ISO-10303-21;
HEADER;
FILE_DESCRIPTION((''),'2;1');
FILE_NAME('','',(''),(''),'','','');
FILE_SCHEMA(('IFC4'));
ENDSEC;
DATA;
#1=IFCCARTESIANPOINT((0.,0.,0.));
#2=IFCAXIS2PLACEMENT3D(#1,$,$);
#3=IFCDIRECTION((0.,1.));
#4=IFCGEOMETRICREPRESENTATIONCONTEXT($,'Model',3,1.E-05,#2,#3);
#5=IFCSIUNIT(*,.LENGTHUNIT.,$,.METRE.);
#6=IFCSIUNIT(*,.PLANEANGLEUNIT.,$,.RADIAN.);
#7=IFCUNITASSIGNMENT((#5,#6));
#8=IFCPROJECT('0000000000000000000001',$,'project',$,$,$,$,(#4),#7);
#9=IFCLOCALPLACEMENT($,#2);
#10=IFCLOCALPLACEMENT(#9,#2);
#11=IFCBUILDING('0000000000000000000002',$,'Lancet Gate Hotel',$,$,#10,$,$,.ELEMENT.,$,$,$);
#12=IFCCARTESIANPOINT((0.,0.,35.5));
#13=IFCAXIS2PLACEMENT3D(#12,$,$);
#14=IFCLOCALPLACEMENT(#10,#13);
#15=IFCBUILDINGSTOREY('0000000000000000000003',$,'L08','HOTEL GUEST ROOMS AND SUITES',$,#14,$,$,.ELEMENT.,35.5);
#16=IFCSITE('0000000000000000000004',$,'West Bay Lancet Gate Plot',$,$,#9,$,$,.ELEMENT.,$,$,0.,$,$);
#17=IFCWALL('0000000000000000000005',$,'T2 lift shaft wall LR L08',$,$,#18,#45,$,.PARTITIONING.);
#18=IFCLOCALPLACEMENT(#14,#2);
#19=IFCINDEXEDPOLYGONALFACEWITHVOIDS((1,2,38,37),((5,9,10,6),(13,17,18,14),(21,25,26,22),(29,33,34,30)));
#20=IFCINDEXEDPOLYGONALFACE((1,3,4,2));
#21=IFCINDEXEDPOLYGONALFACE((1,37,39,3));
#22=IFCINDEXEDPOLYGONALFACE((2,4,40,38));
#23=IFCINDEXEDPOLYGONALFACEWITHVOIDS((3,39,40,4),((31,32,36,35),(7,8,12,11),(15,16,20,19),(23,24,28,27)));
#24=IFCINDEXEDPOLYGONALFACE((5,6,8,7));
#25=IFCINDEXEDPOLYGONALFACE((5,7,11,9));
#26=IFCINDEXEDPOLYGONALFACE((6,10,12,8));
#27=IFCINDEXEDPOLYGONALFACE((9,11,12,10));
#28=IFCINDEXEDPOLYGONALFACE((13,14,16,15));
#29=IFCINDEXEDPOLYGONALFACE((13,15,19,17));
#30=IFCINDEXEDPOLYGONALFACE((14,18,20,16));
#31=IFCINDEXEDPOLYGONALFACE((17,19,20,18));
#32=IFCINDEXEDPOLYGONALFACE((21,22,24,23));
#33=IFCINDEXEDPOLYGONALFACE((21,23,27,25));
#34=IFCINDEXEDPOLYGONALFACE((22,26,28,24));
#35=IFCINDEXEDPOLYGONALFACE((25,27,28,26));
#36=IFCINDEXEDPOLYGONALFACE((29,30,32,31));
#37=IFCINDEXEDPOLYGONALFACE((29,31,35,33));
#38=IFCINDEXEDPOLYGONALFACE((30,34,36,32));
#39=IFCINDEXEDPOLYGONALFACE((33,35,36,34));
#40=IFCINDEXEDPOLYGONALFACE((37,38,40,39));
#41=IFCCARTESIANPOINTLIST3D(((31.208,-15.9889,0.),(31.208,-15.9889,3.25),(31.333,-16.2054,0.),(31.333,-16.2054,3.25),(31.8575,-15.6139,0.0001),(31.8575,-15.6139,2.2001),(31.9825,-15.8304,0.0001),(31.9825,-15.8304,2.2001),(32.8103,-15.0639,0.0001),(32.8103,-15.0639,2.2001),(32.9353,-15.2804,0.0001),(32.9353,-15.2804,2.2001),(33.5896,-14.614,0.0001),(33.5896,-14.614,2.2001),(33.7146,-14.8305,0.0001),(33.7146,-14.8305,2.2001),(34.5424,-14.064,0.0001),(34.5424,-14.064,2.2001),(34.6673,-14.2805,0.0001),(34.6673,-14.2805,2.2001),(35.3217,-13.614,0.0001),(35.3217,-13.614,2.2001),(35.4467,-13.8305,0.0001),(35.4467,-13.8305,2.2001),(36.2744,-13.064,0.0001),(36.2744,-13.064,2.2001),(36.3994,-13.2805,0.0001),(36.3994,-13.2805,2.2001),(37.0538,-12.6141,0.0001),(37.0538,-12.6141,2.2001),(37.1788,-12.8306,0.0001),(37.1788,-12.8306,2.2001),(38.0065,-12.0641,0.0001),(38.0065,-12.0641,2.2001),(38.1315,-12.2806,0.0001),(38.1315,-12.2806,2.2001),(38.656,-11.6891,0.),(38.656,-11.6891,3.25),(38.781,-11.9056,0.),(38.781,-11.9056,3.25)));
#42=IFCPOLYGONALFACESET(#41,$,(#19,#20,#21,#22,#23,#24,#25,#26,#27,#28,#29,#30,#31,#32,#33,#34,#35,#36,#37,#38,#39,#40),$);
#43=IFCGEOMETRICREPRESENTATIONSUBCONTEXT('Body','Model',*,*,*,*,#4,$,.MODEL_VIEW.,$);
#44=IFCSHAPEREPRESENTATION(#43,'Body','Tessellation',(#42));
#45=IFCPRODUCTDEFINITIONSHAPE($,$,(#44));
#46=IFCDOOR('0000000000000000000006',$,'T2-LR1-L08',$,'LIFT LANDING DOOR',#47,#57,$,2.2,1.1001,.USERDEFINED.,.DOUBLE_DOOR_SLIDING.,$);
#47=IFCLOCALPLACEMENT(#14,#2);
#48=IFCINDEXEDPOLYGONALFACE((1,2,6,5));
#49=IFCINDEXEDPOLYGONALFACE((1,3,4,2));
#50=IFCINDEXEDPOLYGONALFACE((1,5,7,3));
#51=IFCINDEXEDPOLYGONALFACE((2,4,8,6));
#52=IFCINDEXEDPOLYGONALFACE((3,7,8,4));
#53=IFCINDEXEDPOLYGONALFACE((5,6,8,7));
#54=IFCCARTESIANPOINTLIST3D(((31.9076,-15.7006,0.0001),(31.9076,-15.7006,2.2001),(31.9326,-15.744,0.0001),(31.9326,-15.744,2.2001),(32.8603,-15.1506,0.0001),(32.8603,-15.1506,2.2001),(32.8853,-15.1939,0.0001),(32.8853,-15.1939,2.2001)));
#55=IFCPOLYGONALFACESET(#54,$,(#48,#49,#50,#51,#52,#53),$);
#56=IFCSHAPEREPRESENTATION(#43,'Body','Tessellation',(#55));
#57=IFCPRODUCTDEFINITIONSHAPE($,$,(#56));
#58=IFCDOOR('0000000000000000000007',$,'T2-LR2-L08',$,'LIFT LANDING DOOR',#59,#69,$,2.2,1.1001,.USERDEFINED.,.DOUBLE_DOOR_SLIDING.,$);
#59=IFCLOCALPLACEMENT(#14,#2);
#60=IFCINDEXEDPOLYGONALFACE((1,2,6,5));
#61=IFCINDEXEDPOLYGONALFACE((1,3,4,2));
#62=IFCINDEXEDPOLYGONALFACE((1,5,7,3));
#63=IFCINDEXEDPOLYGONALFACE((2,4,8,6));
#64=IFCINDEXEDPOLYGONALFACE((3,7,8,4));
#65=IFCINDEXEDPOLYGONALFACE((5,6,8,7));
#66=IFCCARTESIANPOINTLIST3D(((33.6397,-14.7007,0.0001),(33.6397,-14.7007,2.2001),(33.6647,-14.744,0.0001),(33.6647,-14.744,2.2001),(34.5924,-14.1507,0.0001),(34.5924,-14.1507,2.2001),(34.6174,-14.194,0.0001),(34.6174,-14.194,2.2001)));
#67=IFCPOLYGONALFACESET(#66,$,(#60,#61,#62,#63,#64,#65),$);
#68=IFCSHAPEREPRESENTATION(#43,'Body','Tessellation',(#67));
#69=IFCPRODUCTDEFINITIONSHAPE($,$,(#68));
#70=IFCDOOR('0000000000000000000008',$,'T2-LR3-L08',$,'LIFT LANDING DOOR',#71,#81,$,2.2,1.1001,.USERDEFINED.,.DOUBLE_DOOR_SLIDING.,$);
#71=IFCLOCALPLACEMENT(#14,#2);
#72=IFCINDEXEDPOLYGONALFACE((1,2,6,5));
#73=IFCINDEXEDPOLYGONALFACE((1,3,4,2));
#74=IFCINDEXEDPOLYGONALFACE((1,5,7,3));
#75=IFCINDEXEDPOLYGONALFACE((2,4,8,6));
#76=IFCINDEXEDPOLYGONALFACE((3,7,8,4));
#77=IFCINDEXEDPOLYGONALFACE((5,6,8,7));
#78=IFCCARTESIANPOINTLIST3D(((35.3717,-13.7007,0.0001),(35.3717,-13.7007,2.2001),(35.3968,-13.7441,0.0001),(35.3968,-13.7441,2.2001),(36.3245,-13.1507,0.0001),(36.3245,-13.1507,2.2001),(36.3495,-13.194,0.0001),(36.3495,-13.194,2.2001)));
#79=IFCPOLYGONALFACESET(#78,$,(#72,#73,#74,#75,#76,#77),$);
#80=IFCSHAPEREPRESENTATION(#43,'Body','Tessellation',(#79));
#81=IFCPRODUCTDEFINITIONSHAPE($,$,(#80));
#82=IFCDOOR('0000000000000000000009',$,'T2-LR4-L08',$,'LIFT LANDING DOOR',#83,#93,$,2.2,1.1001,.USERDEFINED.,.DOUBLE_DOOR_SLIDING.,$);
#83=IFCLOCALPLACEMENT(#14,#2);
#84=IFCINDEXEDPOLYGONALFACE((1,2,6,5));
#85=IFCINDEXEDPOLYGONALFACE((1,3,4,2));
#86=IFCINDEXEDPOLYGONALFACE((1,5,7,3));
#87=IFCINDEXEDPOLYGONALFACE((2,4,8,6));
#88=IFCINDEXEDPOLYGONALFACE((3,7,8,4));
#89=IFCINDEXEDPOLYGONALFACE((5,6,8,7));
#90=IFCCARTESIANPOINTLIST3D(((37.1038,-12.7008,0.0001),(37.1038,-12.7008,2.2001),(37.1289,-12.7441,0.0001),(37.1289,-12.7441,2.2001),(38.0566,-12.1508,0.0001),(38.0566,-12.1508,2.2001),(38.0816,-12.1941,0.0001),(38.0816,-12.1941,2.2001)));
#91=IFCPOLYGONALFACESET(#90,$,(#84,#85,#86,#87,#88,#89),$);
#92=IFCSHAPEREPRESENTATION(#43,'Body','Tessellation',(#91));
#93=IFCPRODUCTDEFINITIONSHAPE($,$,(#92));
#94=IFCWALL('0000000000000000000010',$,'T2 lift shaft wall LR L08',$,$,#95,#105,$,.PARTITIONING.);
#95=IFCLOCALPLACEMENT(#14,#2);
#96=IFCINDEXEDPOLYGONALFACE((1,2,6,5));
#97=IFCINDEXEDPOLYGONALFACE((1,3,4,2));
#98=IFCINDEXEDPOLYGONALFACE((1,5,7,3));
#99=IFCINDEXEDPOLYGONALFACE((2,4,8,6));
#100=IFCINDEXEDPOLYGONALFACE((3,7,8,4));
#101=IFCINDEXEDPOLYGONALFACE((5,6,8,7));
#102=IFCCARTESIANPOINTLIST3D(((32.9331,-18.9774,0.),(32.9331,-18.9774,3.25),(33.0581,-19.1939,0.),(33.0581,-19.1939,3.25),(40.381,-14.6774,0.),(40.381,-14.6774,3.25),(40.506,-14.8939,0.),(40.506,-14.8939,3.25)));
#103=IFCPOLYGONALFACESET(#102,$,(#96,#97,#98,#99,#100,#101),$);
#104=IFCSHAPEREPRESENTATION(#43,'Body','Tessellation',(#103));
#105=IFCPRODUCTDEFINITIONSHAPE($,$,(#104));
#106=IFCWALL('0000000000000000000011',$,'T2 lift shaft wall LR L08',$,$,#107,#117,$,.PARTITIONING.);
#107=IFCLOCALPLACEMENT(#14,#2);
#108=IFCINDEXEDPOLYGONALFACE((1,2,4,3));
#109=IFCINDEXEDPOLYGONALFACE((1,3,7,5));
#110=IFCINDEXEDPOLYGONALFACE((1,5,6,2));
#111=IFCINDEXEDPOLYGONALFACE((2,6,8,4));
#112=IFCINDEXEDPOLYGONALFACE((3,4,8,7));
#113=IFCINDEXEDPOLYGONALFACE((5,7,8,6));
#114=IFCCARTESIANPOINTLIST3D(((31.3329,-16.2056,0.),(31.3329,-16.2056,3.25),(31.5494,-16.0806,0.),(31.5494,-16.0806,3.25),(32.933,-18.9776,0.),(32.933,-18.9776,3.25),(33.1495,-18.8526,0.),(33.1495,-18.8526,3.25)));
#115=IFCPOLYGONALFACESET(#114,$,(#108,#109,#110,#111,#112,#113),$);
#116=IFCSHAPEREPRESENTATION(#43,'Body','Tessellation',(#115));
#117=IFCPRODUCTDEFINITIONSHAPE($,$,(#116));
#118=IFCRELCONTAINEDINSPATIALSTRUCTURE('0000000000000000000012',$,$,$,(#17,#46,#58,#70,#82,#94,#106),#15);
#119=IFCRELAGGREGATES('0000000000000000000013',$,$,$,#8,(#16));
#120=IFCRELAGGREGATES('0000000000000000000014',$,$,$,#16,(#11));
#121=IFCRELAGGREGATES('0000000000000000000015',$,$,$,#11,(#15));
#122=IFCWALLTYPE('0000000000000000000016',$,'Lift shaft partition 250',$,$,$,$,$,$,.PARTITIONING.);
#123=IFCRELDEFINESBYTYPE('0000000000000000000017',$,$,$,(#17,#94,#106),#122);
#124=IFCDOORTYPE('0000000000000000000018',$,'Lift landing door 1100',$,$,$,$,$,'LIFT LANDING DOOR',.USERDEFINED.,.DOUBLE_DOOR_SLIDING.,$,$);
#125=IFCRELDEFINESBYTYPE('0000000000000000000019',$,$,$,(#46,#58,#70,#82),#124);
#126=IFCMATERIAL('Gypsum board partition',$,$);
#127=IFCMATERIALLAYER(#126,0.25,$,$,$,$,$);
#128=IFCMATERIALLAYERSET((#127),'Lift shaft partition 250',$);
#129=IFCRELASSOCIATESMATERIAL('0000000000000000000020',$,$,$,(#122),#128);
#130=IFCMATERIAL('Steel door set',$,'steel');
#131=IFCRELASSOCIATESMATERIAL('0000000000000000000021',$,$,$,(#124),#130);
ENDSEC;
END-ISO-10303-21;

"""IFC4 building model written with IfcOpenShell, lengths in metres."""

from ifc_helpers import new_model, si_unit, direction, frame, frame_2d, origin, place, context, subcontext, project, spatial, rectangle, extrude, material, layer, layer_set, type_object, element, fill, save


model = new_model("IFC4")

# Units and contexts
model_context = context("Model", 3, precision=1e-05, world=origin(), true_north=direction((0.0, 1.0)))
body_context = subcontext(model_context, "Body", "Model", "MODEL_VIEW")
ifc_project = project(units=[si_unit("LENGTHUNIT", "METRE"), si_unit("PLANEANGLEUNIT", "RADIAN")], contexts=[model_context])

# Site, building, storey
site_placement = place(None, origin())
site = spatial("IfcSite", under=ifc_project, at=site_placement, Name="West Bay Lancet Gate Plot", CompositionType="ELEMENT", RefElevation=0.0)
building_placement = place(site_placement, origin())
building = spatial("IfcBuilding", under=site, at=building_placement, Name="Lancet Gate Hotel", CompositionType="ELEMENT")
storey_placement = place(building_placement, frame((0.0, 0.0, 35.5)))
storey = spatial("IfcBuildingStorey", under=building, at=storey_placement, Name="L08", Description="HOTEL GUEST ROOMS AND SUITES", CompositionType="ELEMENT", Elevation=35.5)

# Wall, openings, doors
ifc_material_1 = material(Name="Gypsum board partition")
ifc_layer_1 = layer(ifc_material_1, 0.25)
ifc_layer_set_1 = layer_set([ifc_layer_1], Name="Lift shaft partition 250")
wall_type = type_object("IfcWallType", Name="Lift shaft partition 250", PredefinedType="PARTITIONING", material=ifc_layer_set_1)
wall_1_placement = place(storey_placement, frame((31.2705, -16.0972, 0.0), z_axis=(0.0, 0.0, 1.0), x_axis=(0.86604, 0.499974, 0.0)))
wall_1 = element("IfcWall", 1, at=wall_1_placement, inside=storey, type_object=wall_type, Name="T2 lift shaft wall LR L08", PredefinedType="PARTITIONING", context=body_context, shape_type="SweptSolid", body=[
    extrude(rectangle(XDim=8.6001, YDim=0.25, at=frame_2d((4.3, 0.0))), origin(), (0.0, 0.0, 1.0), 3.25),
])
opening_1_placement = place(wall_1_placement, frame((0.75, 0.0, 0.0)))
opening_1 = element("IfcOpeningElement", 2, at=opening_1_placement, cuts=wall_1, PredefinedType="OPENING", context=body_context, shape_type="SweptSolid", body=[
    extrude(rectangle(XDim=1.1001, YDim=2.2, at=frame_2d((0.55, 1.1001))), frame((0.0, 0.135, 0.0), z_axis=(0.0, -1.0, 0.0), x_axis=(1.0, 0.0, 0.0)), (0.0, 0.0, 1.0), 0.27),
])
opening_2_placement = place(wall_1_placement, frame((2.75, 0.0, 0.0)))
opening_2 = element("IfcOpeningElement", 3, at=opening_2_placement, cuts=wall_1, PredefinedType="OPENING", context=body_context, shape_type="SweptSolid", body=[
    extrude(rectangle(XDim=1.1001, YDim=2.2, at=frame_2d((0.55, 1.1001))), frame((0.0, 0.135, 0.0), z_axis=(0.0, -1.0, 0.0), x_axis=(1.0, 0.0, 0.0)), (0.0, 0.0, 1.0), 0.27),
])
opening_3_placement = place(wall_1_placement, frame((4.75, 0.0, 0.0)))
opening_3 = element("IfcOpeningElement", 4, at=opening_3_placement, cuts=wall_1, PredefinedType="OPENING", context=body_context, shape_type="SweptSolid", body=[
    extrude(rectangle(XDim=1.1001, YDim=2.2, at=frame_2d((0.55, 1.1001))), frame((0.0, 0.135, 0.0), z_axis=(0.0, -1.0, 0.0), x_axis=(1.0, 0.0, 0.0)), (0.0, 0.0, 1.0), 0.27),
])
opening_4_placement = place(wall_1_placement, frame((6.75, 0.0, 0.0)))
opening_4 = element("IfcOpeningElement", 5, at=opening_4_placement, cuts=wall_1, PredefinedType="OPENING", context=body_context, shape_type="SweptSolid", body=[
    extrude(rectangle(XDim=1.1001, YDim=2.2, at=frame_2d((0.55, 1.1001))), frame((0.0, 0.135, 0.0), z_axis=(0.0, -1.0, 0.0), x_axis=(1.0, 0.0, 0.0)), (0.0, 0.0, 1.0), 0.27),
])
ifc_material_2 = material(Name="Steel door set", Category="steel")
door_type = type_object("IfcDoorType", Name="Lift landing door 1100", ElementType="LIFT LANDING DOOR", OperationType="DOUBLE_DOOR_SLIDING", PredefinedType="USERDEFINED", material=ifc_material_2)
door_1_placement = place(opening_1_placement, origin())
door_1 = element("IfcDoor", 6, at=door_1_placement, inside=storey, type_object=door_type, Name="T2-LR1-L08", ObjectType="LIFT LANDING DOOR", OperationType="DOUBLE_DOOR_SLIDING", OverallHeight=2.2, OverallWidth=1.1001, PredefinedType="USERDEFINED", context=body_context, shape_type="SweptSolid", body=[
    extrude(rectangle(XDim=1.1001, YDim=2.2, at=frame_2d((0.55, 1.1001))), frame((0.0, 0.0249, 0.0), z_axis=(0.0, -1.0, 0.0), x_axis=(1.0, 0.0, 0.0)), (0.0, 0.0, 1.0), 0.05),
])
fill(opening_1, door_1)
door_2_placement = place(opening_2_placement, origin())
door_2 = element("IfcDoor", 7, at=door_2_placement, inside=storey, type_object=door_type, Name="T2-LR2-L08", ObjectType="LIFT LANDING DOOR", OperationType="DOUBLE_DOOR_SLIDING", OverallHeight=2.2, OverallWidth=1.1001, PredefinedType="USERDEFINED", context=body_context, shape_type="SweptSolid", body=[
    extrude(rectangle(XDim=1.1001, YDim=2.2, at=frame_2d((0.55, 1.1001))), frame((0.0, 0.0249, 0.0), z_axis=(0.0, -1.0, 0.0), x_axis=(1.0, 0.0, 0.0)), (0.0, 0.0, 1.0), 0.05),
])
fill(opening_2, door_2)
door_3_placement = place(opening_3_placement, origin())
door_3 = element("IfcDoor", 8, at=door_3_placement, inside=storey, type_object=door_type, Name="T2-LR3-L08", ObjectType="LIFT LANDING DOOR", OperationType="DOUBLE_DOOR_SLIDING", OverallHeight=2.2, OverallWidth=1.1001, PredefinedType="USERDEFINED", context=body_context, shape_type="SweptSolid", body=[
    extrude(rectangle(XDim=1.1001, YDim=2.2, at=frame_2d((0.55, 1.1001))), frame((0.0, 0.0249, 0.0), z_axis=(0.0, -1.0, 0.0), x_axis=(1.0, 0.0, 0.0)), (0.0, 0.0, 1.0), 0.05),
])
fill(opening_3, door_3)
door_4_placement = place(opening_4_placement, origin())
door_4 = element("IfcDoor", 9, at=door_4_placement, inside=storey, type_object=door_type, Name="T2-LR4-L08", ObjectType="LIFT LANDING DOOR", OperationType="DOUBLE_DOOR_SLIDING", OverallHeight=2.2, OverallWidth=1.1001, PredefinedType="USERDEFINED", context=body_context, shape_type="SweptSolid", body=[
    extrude(rectangle(XDim=1.1001, YDim=2.2, at=frame_2d((0.55, 1.1001))), frame((0.0, 0.0249, 0.0), z_axis=(0.0, -1.0, 0.0), x_axis=(1.0, 0.0, 0.0)), (0.0, 0.0, 1.0), 0.05),
])
fill(opening_4, door_4)

# Walls
wall_2_placement = place(storey_placement, frame((32.9956, -19.0857, 0.0), z_axis=(0.0, 0.0, 1.0), x_axis=(0.866028, 0.499995, 0.0)))
element("IfcWall", 10, at=wall_2_placement, inside=storey, type_object=wall_type, Name="T2 lift shaft wall LR L08", PredefinedType="PARTITIONING", context=body_context, shape_type="SweptSolid", body=[
    extrude(rectangle(XDim=8.6001, YDim=0.25, at=frame_2d((4.3, 0.0))), origin(), (0.0, 0.0, 1.0), 3.25),
])
wall_3_placement = place(storey_placement, frame((31.4412, -16.1431, 0.0), z_axis=(0.0, 0.0, 1.0), x_axis=(0.499929, -0.866066, 0.0)))
element("IfcWall", 11, at=wall_3_placement, inside=storey, type_object=wall_type, Name="T2 lift shaft wall LR L08", PredefinedType="PARTITIONING", context=body_context, shape_type="SweptSolid", body=[
    extrude(rectangle(XDim=3.2007, YDim=0.25, at=frame_2d((1.6003, 0.0))), origin(), (0.0, 0.0, 1.0), 3.25),
])

save(model, "model.ifc")
